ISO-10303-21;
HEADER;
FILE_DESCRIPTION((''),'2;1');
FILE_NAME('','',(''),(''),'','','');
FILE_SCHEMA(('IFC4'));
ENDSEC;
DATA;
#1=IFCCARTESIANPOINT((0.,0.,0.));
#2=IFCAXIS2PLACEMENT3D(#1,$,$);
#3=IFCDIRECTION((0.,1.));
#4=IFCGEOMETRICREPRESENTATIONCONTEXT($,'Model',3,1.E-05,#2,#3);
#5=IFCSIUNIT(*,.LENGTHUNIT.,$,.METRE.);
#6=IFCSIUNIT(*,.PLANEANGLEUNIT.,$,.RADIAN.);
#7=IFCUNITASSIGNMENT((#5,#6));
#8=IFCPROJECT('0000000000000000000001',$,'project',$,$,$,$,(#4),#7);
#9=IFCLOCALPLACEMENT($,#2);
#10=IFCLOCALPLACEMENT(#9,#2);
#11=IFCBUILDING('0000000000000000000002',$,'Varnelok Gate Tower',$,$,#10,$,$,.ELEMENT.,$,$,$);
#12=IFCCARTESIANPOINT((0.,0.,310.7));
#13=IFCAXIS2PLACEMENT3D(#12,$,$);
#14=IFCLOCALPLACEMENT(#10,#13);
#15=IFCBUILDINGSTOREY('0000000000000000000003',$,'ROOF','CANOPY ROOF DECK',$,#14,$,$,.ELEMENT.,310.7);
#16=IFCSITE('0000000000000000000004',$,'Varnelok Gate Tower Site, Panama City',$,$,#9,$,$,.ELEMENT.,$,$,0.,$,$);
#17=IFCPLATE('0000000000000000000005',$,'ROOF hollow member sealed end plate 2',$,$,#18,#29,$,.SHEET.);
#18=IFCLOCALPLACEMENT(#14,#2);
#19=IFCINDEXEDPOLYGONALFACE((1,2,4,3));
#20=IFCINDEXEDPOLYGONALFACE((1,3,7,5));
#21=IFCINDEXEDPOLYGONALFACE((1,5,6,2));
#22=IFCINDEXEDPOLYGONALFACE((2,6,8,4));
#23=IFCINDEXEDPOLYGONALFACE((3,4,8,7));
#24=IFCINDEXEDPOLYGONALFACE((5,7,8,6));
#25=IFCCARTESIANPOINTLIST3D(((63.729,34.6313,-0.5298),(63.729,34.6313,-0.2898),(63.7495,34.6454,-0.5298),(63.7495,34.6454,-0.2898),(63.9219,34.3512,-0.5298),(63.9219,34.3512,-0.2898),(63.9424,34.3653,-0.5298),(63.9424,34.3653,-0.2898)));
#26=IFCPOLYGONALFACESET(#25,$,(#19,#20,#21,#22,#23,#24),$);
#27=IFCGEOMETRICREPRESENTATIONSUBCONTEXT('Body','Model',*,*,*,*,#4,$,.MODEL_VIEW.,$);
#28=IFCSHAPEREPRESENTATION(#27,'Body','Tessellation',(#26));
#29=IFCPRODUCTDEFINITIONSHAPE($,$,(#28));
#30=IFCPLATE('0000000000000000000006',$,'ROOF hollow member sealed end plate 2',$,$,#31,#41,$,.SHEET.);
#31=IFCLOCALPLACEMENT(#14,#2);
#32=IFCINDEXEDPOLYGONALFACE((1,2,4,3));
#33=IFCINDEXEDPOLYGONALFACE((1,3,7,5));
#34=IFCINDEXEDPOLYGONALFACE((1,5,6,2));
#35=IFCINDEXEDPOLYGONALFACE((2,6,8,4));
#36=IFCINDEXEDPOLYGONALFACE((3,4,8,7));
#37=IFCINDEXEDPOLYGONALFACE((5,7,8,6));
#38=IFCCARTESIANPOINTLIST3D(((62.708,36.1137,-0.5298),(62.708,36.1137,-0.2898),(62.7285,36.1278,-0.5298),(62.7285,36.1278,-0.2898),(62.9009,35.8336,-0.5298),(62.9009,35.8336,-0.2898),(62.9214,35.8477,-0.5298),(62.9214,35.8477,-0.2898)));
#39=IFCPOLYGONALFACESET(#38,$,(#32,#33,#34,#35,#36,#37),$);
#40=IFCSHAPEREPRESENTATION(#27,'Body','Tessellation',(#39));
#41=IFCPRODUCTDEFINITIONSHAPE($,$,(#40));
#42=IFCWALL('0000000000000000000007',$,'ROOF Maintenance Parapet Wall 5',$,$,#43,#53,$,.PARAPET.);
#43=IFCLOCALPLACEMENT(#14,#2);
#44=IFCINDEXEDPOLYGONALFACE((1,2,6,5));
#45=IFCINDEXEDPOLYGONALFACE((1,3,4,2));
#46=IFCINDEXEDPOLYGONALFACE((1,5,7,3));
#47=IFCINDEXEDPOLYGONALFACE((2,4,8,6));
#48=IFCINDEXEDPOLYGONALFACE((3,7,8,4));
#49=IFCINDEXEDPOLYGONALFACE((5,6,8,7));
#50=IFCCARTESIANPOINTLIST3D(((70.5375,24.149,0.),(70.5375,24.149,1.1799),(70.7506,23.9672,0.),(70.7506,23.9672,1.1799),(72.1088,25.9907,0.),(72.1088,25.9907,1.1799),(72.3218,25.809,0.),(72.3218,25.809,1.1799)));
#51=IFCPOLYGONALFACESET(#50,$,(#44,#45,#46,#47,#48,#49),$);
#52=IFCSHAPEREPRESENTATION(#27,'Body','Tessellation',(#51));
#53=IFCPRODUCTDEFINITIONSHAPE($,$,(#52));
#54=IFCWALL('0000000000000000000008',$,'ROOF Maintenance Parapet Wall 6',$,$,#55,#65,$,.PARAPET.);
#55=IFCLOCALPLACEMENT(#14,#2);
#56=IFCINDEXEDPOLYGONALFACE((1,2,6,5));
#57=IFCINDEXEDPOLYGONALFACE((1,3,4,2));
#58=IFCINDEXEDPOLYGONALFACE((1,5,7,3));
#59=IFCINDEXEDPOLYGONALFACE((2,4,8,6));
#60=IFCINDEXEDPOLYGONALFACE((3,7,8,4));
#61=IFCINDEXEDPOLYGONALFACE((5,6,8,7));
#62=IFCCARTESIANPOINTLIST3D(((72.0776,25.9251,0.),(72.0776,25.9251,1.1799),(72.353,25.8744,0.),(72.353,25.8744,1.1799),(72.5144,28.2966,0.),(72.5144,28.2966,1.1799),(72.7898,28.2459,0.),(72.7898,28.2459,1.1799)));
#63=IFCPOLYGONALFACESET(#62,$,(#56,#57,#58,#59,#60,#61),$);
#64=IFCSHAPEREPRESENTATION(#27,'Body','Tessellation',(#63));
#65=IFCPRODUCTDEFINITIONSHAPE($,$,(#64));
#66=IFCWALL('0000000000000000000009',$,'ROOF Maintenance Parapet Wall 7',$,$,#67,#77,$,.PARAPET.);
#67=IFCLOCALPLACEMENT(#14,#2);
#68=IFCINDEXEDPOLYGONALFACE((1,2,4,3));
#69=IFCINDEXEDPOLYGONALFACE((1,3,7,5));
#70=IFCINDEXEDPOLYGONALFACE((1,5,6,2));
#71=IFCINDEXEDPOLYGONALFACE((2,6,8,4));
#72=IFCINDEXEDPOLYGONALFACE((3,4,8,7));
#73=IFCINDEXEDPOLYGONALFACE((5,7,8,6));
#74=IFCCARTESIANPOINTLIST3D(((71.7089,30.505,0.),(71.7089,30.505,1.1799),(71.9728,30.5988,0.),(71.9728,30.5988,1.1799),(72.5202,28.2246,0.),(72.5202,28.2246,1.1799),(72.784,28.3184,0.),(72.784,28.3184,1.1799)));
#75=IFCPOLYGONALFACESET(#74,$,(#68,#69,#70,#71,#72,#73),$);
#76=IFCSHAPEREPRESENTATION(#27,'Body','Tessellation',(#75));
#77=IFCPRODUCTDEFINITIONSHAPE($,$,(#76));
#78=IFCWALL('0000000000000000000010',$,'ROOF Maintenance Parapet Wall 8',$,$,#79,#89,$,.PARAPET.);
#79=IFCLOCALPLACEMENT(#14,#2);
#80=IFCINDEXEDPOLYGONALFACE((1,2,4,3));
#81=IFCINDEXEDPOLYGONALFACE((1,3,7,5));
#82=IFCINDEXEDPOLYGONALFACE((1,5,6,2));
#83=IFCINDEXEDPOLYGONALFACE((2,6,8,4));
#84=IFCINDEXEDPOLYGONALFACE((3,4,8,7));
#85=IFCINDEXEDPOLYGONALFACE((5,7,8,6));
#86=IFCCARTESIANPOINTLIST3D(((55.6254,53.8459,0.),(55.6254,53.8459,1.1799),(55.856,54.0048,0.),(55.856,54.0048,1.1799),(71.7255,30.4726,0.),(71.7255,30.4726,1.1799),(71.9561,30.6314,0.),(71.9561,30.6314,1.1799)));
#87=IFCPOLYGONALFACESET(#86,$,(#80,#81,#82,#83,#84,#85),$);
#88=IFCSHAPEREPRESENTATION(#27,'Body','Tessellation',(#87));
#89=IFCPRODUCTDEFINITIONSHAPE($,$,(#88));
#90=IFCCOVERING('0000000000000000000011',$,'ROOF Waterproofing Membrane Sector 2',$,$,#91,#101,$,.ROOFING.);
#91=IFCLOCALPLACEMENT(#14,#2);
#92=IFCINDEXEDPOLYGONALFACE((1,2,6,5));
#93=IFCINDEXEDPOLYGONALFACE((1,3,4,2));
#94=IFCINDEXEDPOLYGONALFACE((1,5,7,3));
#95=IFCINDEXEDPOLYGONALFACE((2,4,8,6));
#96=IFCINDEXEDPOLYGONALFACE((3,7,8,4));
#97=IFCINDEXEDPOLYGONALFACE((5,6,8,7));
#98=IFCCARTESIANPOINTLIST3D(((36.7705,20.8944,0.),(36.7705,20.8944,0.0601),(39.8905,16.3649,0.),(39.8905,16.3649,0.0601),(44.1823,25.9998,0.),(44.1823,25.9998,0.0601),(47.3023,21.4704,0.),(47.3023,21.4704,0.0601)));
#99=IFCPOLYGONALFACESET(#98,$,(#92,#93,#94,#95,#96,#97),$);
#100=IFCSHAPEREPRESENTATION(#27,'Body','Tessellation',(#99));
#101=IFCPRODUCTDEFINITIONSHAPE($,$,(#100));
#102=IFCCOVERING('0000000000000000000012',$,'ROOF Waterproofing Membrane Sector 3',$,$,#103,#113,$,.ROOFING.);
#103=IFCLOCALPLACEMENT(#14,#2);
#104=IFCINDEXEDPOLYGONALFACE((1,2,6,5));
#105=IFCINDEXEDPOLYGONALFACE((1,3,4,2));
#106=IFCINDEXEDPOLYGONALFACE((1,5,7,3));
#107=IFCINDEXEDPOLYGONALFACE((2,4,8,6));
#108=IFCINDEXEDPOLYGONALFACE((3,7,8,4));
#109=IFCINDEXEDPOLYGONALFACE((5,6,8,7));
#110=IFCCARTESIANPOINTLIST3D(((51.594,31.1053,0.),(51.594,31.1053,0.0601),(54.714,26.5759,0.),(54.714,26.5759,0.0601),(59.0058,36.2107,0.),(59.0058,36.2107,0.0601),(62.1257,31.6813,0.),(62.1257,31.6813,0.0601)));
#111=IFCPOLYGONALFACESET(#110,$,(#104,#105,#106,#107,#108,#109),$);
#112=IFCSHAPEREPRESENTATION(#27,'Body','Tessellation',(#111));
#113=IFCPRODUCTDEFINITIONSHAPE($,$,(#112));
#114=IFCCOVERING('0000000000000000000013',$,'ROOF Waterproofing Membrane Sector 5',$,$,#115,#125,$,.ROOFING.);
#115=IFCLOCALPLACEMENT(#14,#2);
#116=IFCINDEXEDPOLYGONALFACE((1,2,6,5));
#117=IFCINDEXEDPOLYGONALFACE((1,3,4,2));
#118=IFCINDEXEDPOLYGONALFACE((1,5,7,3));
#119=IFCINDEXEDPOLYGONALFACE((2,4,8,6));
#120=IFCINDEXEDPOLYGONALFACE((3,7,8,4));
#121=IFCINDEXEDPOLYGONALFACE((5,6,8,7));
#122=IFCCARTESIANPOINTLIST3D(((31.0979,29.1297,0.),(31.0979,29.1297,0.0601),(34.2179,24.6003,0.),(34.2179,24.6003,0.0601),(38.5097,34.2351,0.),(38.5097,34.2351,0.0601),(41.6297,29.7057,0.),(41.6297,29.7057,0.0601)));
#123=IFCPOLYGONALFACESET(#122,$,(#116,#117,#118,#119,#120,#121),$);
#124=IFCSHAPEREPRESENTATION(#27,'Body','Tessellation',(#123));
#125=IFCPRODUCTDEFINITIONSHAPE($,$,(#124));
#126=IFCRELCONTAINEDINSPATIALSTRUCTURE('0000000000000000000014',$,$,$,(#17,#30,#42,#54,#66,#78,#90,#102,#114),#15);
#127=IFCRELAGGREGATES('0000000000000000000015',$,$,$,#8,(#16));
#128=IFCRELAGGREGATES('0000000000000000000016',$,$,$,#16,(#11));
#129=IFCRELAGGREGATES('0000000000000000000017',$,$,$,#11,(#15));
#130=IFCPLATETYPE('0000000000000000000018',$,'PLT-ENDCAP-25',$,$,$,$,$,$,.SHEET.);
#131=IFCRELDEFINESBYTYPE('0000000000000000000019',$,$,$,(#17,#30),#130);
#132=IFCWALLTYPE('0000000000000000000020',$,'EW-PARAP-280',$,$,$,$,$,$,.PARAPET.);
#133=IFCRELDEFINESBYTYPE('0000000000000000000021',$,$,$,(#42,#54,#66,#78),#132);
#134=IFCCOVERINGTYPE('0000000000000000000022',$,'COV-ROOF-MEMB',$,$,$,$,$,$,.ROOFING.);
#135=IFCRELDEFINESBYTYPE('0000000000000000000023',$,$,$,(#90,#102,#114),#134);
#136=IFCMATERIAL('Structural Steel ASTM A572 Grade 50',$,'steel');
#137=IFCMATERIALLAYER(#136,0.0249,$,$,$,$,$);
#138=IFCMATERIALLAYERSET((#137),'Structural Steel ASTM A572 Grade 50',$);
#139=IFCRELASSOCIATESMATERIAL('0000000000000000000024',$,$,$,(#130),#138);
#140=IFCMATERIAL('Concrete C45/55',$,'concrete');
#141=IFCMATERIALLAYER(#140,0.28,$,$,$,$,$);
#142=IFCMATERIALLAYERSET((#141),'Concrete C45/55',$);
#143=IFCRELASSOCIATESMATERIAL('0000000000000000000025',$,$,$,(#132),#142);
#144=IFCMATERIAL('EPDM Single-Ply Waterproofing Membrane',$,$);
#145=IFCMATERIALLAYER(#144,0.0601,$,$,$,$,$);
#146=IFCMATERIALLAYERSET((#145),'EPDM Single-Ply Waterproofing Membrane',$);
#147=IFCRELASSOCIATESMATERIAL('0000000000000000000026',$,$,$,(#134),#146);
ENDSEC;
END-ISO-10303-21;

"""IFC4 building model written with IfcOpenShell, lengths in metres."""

from ifc_helpers import new_model, si_unit, direction, frame, frame_2d, origin, origin_2d, place, context, subcontext, project, spatial, rectangle, extrude, source, transform, mapped, material, layer, layer_set, type_object, element, save


model = new_model("IFC4")

# Units and contexts
model_context = context("Model", 3, precision=1e-05, world=origin(), true_north=direction((0.0, 1.0)))
body_context = subcontext(model_context, "Body", "Model", "MODEL_VIEW")
ifc_project = project(units=[si_unit("LENGTHUNIT", "METRE"), si_unit("PLANEANGLEUNIT", "RADIAN")], contexts=[model_context])

# Site, building, storey
site_placement = place(None, origin())
site = spatial("IfcSite", under=ifc_project, at=site_placement, Name="Varnelok Gate Tower Site, Panama City", CompositionType="ELEMENT", RefElevation=0.0)
building_placement = place(site_placement, origin())
building = spatial("IfcBuilding", under=site, at=building_placement, Name="Varnelok Gate Tower", CompositionType="ELEMENT")
storey_placement = place(building_placement, frame((0.0, 0.0, 310.7)))
storey = spatial("IfcBuildingStorey", under=building, at=storey_placement, Name="ROOF", Description="CANOPY ROOF DECK", CompositionType="ELEMENT", Elevation=310.7)

# Plates
ifc_material_1 = material(Name="Structural Steel ASTM A572 Grade 50", Category="steel")
ifc_layer_1 = layer(ifc_material_1, 0.0249)
ifc_layer_set_1 = layer_set([ifc_layer_1], Name="Structural Steel ASTM A572 Grade 50")
plate_type = type_object("IfcPlateType", Name="PLT-ENDCAP-25", PredefinedType="SHEET", material=ifc_layer_set_1)
shared_shape_1 = source(origin(), body_context, "Body", "SweptSolid", [
    extrude(rectangle(XDim=0.0249, YDim=0.3401, at=origin_2d()), origin(), (0.0, 0.0, 1.0), 0.24),
])
for number, where, z_axis, x_axis, name in (
    (1, (63.8357, 34.4983, -0.5298), (0.0, 0.0, 1.0), (0.823533, 0.567269, 0.0), "ROOF hollow member sealed end plate 2"),
    (2, (62.8147, 35.9807, -0.5298), (0.0, 0.0, 1.0), (0.823533, 0.567269, 0.0), "ROOF hollow member sealed end plate 2"),
):
    element("IfcPlate", number, at=place(storey_placement, frame(where, z_axis=z_axis, x_axis=x_axis)), inside=storey, type_object=plate_type, Name=name, PredefinedType="SHEET", context=body_context, shape_type="MappedRepresentation", body=[
        mapped(shared_shape_1, transform((0.0, 0.0, 0.0), scale=1.0)),
    ])

# Walls
ifc_material_2 = material(Name="Concrete C45/55", Category="concrete")
ifc_layer_2 = layer(ifc_material_2, 0.28)
ifc_layer_set_2 = layer_set([ifc_layer_2], Name="Concrete C45/55")
wall_type = type_object("IfcWallType", Name="EW-PARAP-280", PredefinedType="PARAPET", material=ifc_layer_set_2)
wall_1_placement = place(storey_placement, frame((70.644, 24.0581, 0.0), z_axis=(0.0, 0.0, 1.0), x_axis=(0.649029, 0.760764, 0.0)))
element("IfcWall", 3, at=wall_1_placement, inside=storey, type_object=wall_type, Name="ROOF Maintenance Parapet Wall 5", PredefinedType="PARAPET", context=body_context, shape_type="SweptSolid", body=[
    extrude(rectangle(XDim=2.4209, YDim=0.28, at=frame_2d((1.2104, 0.0))), origin(), (0.0, 0.0, 1.0), 1.1799),
])
wall_2_placement = place(storey_placement, frame((72.2153, 25.8999, 0.0), z_axis=(0.0, 0.0, 1.0), x_axis=(0.181121, 0.983461, 0.0)))
element("IfcWall", 4, at=wall_2_placement, inside=storey, type_object=wall_type, Name="ROOF Maintenance Parapet Wall 6", PredefinedType="PARAPET", context=body_context, shape_type="SweptSolid", body=[
    extrude(rectangle(XDim=2.4114, YDim=0.28, at=frame_2d((1.2056, 0.0))), origin(), (0.0, 0.0, 1.0), 1.1799),
])
wall_3_placement = place(storey_placement, frame((72.6521, 28.2715, 0.0), z_axis=(0.0, 0.0, 1.0), x_axis=(-0.335167, 0.942159, 0.0)))
element("IfcWall", 5, at=wall_3_placement, inside=storey, type_object=wall_type, Name="ROOF Maintenance Parapet Wall 7", PredefinedType="PARAPET", context=body_context, shape_type="SweptSolid", body=[
    extrude(rectangle(XDim=2.4204, YDim=0.28, at=frame_2d((1.2102, 0.0))), origin(), (0.0, 0.0, 1.0), 1.1799),
])
wall_4_placement = place(storey_placement, frame((71.8408, 30.552, 0.0), z_axis=(0.0, 0.0, 1.0), x_axis=(-0.567269, 0.823532, 0.0)))
element("IfcWall", 6, at=wall_4_placement, inside=storey, type_object=wall_type, Name="ROOF Maintenance Parapet Wall 8", PredefinedType="PARAPET", context=body_context, shape_type="SweptSolid", body=[
    extrude(rectangle(XDim=28.3818, YDim=0.28, at=frame_2d((14.1909, 0.0))), origin(), (0.0, 0.0, 1.0), 1.1799),
])

# Coverings
ifc_material_3 = material(Name="EPDM Single-Ply Waterproofing Membrane")
ifc_layer_3 = layer(ifc_material_3, 0.0601)
ifc_layer_set_3 = layer_set([ifc_layer_3], Name="EPDM Single-Ply Waterproofing Membrane")
covering_type = type_object("IfcCoveringType", Name="COV-ROOF-MEMB", PredefinedType="ROOFING", material=ifc_layer_set_3)
shared_shape_2 = source(origin(), body_context, "Body", "SweptSolid", [
    extrude(rectangle(XDim=9.0, YDim=5.5, at=origin_2d()), origin(), (0.0, 0.0, 1.0), 0.0601),
])
for number, where, z_axis, x_axis, name in (
    (7, (42.0364, 21.1824, 0.0), (0.0, 0.0, 1.0), (0.823533, 0.567269, 0.0), "ROOF Waterproofing Membrane Sector 2"),
    (8, (56.8599, 31.3933, 0.0), (0.0, 0.0, 1.0), (0.823533, 0.567269, 0.0), "ROOF Waterproofing Membrane Sector 3"),
    (9, (36.3638, 29.4177, 0.0), (0.0, 0.0, 1.0), (0.823533, 0.567269, 0.0), "ROOF Waterproofing Membrane Sector 5"),
):
    element("IfcCovering", number, at=place(storey_placement, frame(where, z_axis=z_axis, x_axis=x_axis)), inside=storey, type_object=covering_type, Name=name, PredefinedType="ROOFING", context=body_context, shape_type="MappedRepresentation", body=[
        mapped(shared_shape_2, transform((0.0, 0.0, 0.0), scale=1.0)),
    ])

save(model, "model.ifc")
